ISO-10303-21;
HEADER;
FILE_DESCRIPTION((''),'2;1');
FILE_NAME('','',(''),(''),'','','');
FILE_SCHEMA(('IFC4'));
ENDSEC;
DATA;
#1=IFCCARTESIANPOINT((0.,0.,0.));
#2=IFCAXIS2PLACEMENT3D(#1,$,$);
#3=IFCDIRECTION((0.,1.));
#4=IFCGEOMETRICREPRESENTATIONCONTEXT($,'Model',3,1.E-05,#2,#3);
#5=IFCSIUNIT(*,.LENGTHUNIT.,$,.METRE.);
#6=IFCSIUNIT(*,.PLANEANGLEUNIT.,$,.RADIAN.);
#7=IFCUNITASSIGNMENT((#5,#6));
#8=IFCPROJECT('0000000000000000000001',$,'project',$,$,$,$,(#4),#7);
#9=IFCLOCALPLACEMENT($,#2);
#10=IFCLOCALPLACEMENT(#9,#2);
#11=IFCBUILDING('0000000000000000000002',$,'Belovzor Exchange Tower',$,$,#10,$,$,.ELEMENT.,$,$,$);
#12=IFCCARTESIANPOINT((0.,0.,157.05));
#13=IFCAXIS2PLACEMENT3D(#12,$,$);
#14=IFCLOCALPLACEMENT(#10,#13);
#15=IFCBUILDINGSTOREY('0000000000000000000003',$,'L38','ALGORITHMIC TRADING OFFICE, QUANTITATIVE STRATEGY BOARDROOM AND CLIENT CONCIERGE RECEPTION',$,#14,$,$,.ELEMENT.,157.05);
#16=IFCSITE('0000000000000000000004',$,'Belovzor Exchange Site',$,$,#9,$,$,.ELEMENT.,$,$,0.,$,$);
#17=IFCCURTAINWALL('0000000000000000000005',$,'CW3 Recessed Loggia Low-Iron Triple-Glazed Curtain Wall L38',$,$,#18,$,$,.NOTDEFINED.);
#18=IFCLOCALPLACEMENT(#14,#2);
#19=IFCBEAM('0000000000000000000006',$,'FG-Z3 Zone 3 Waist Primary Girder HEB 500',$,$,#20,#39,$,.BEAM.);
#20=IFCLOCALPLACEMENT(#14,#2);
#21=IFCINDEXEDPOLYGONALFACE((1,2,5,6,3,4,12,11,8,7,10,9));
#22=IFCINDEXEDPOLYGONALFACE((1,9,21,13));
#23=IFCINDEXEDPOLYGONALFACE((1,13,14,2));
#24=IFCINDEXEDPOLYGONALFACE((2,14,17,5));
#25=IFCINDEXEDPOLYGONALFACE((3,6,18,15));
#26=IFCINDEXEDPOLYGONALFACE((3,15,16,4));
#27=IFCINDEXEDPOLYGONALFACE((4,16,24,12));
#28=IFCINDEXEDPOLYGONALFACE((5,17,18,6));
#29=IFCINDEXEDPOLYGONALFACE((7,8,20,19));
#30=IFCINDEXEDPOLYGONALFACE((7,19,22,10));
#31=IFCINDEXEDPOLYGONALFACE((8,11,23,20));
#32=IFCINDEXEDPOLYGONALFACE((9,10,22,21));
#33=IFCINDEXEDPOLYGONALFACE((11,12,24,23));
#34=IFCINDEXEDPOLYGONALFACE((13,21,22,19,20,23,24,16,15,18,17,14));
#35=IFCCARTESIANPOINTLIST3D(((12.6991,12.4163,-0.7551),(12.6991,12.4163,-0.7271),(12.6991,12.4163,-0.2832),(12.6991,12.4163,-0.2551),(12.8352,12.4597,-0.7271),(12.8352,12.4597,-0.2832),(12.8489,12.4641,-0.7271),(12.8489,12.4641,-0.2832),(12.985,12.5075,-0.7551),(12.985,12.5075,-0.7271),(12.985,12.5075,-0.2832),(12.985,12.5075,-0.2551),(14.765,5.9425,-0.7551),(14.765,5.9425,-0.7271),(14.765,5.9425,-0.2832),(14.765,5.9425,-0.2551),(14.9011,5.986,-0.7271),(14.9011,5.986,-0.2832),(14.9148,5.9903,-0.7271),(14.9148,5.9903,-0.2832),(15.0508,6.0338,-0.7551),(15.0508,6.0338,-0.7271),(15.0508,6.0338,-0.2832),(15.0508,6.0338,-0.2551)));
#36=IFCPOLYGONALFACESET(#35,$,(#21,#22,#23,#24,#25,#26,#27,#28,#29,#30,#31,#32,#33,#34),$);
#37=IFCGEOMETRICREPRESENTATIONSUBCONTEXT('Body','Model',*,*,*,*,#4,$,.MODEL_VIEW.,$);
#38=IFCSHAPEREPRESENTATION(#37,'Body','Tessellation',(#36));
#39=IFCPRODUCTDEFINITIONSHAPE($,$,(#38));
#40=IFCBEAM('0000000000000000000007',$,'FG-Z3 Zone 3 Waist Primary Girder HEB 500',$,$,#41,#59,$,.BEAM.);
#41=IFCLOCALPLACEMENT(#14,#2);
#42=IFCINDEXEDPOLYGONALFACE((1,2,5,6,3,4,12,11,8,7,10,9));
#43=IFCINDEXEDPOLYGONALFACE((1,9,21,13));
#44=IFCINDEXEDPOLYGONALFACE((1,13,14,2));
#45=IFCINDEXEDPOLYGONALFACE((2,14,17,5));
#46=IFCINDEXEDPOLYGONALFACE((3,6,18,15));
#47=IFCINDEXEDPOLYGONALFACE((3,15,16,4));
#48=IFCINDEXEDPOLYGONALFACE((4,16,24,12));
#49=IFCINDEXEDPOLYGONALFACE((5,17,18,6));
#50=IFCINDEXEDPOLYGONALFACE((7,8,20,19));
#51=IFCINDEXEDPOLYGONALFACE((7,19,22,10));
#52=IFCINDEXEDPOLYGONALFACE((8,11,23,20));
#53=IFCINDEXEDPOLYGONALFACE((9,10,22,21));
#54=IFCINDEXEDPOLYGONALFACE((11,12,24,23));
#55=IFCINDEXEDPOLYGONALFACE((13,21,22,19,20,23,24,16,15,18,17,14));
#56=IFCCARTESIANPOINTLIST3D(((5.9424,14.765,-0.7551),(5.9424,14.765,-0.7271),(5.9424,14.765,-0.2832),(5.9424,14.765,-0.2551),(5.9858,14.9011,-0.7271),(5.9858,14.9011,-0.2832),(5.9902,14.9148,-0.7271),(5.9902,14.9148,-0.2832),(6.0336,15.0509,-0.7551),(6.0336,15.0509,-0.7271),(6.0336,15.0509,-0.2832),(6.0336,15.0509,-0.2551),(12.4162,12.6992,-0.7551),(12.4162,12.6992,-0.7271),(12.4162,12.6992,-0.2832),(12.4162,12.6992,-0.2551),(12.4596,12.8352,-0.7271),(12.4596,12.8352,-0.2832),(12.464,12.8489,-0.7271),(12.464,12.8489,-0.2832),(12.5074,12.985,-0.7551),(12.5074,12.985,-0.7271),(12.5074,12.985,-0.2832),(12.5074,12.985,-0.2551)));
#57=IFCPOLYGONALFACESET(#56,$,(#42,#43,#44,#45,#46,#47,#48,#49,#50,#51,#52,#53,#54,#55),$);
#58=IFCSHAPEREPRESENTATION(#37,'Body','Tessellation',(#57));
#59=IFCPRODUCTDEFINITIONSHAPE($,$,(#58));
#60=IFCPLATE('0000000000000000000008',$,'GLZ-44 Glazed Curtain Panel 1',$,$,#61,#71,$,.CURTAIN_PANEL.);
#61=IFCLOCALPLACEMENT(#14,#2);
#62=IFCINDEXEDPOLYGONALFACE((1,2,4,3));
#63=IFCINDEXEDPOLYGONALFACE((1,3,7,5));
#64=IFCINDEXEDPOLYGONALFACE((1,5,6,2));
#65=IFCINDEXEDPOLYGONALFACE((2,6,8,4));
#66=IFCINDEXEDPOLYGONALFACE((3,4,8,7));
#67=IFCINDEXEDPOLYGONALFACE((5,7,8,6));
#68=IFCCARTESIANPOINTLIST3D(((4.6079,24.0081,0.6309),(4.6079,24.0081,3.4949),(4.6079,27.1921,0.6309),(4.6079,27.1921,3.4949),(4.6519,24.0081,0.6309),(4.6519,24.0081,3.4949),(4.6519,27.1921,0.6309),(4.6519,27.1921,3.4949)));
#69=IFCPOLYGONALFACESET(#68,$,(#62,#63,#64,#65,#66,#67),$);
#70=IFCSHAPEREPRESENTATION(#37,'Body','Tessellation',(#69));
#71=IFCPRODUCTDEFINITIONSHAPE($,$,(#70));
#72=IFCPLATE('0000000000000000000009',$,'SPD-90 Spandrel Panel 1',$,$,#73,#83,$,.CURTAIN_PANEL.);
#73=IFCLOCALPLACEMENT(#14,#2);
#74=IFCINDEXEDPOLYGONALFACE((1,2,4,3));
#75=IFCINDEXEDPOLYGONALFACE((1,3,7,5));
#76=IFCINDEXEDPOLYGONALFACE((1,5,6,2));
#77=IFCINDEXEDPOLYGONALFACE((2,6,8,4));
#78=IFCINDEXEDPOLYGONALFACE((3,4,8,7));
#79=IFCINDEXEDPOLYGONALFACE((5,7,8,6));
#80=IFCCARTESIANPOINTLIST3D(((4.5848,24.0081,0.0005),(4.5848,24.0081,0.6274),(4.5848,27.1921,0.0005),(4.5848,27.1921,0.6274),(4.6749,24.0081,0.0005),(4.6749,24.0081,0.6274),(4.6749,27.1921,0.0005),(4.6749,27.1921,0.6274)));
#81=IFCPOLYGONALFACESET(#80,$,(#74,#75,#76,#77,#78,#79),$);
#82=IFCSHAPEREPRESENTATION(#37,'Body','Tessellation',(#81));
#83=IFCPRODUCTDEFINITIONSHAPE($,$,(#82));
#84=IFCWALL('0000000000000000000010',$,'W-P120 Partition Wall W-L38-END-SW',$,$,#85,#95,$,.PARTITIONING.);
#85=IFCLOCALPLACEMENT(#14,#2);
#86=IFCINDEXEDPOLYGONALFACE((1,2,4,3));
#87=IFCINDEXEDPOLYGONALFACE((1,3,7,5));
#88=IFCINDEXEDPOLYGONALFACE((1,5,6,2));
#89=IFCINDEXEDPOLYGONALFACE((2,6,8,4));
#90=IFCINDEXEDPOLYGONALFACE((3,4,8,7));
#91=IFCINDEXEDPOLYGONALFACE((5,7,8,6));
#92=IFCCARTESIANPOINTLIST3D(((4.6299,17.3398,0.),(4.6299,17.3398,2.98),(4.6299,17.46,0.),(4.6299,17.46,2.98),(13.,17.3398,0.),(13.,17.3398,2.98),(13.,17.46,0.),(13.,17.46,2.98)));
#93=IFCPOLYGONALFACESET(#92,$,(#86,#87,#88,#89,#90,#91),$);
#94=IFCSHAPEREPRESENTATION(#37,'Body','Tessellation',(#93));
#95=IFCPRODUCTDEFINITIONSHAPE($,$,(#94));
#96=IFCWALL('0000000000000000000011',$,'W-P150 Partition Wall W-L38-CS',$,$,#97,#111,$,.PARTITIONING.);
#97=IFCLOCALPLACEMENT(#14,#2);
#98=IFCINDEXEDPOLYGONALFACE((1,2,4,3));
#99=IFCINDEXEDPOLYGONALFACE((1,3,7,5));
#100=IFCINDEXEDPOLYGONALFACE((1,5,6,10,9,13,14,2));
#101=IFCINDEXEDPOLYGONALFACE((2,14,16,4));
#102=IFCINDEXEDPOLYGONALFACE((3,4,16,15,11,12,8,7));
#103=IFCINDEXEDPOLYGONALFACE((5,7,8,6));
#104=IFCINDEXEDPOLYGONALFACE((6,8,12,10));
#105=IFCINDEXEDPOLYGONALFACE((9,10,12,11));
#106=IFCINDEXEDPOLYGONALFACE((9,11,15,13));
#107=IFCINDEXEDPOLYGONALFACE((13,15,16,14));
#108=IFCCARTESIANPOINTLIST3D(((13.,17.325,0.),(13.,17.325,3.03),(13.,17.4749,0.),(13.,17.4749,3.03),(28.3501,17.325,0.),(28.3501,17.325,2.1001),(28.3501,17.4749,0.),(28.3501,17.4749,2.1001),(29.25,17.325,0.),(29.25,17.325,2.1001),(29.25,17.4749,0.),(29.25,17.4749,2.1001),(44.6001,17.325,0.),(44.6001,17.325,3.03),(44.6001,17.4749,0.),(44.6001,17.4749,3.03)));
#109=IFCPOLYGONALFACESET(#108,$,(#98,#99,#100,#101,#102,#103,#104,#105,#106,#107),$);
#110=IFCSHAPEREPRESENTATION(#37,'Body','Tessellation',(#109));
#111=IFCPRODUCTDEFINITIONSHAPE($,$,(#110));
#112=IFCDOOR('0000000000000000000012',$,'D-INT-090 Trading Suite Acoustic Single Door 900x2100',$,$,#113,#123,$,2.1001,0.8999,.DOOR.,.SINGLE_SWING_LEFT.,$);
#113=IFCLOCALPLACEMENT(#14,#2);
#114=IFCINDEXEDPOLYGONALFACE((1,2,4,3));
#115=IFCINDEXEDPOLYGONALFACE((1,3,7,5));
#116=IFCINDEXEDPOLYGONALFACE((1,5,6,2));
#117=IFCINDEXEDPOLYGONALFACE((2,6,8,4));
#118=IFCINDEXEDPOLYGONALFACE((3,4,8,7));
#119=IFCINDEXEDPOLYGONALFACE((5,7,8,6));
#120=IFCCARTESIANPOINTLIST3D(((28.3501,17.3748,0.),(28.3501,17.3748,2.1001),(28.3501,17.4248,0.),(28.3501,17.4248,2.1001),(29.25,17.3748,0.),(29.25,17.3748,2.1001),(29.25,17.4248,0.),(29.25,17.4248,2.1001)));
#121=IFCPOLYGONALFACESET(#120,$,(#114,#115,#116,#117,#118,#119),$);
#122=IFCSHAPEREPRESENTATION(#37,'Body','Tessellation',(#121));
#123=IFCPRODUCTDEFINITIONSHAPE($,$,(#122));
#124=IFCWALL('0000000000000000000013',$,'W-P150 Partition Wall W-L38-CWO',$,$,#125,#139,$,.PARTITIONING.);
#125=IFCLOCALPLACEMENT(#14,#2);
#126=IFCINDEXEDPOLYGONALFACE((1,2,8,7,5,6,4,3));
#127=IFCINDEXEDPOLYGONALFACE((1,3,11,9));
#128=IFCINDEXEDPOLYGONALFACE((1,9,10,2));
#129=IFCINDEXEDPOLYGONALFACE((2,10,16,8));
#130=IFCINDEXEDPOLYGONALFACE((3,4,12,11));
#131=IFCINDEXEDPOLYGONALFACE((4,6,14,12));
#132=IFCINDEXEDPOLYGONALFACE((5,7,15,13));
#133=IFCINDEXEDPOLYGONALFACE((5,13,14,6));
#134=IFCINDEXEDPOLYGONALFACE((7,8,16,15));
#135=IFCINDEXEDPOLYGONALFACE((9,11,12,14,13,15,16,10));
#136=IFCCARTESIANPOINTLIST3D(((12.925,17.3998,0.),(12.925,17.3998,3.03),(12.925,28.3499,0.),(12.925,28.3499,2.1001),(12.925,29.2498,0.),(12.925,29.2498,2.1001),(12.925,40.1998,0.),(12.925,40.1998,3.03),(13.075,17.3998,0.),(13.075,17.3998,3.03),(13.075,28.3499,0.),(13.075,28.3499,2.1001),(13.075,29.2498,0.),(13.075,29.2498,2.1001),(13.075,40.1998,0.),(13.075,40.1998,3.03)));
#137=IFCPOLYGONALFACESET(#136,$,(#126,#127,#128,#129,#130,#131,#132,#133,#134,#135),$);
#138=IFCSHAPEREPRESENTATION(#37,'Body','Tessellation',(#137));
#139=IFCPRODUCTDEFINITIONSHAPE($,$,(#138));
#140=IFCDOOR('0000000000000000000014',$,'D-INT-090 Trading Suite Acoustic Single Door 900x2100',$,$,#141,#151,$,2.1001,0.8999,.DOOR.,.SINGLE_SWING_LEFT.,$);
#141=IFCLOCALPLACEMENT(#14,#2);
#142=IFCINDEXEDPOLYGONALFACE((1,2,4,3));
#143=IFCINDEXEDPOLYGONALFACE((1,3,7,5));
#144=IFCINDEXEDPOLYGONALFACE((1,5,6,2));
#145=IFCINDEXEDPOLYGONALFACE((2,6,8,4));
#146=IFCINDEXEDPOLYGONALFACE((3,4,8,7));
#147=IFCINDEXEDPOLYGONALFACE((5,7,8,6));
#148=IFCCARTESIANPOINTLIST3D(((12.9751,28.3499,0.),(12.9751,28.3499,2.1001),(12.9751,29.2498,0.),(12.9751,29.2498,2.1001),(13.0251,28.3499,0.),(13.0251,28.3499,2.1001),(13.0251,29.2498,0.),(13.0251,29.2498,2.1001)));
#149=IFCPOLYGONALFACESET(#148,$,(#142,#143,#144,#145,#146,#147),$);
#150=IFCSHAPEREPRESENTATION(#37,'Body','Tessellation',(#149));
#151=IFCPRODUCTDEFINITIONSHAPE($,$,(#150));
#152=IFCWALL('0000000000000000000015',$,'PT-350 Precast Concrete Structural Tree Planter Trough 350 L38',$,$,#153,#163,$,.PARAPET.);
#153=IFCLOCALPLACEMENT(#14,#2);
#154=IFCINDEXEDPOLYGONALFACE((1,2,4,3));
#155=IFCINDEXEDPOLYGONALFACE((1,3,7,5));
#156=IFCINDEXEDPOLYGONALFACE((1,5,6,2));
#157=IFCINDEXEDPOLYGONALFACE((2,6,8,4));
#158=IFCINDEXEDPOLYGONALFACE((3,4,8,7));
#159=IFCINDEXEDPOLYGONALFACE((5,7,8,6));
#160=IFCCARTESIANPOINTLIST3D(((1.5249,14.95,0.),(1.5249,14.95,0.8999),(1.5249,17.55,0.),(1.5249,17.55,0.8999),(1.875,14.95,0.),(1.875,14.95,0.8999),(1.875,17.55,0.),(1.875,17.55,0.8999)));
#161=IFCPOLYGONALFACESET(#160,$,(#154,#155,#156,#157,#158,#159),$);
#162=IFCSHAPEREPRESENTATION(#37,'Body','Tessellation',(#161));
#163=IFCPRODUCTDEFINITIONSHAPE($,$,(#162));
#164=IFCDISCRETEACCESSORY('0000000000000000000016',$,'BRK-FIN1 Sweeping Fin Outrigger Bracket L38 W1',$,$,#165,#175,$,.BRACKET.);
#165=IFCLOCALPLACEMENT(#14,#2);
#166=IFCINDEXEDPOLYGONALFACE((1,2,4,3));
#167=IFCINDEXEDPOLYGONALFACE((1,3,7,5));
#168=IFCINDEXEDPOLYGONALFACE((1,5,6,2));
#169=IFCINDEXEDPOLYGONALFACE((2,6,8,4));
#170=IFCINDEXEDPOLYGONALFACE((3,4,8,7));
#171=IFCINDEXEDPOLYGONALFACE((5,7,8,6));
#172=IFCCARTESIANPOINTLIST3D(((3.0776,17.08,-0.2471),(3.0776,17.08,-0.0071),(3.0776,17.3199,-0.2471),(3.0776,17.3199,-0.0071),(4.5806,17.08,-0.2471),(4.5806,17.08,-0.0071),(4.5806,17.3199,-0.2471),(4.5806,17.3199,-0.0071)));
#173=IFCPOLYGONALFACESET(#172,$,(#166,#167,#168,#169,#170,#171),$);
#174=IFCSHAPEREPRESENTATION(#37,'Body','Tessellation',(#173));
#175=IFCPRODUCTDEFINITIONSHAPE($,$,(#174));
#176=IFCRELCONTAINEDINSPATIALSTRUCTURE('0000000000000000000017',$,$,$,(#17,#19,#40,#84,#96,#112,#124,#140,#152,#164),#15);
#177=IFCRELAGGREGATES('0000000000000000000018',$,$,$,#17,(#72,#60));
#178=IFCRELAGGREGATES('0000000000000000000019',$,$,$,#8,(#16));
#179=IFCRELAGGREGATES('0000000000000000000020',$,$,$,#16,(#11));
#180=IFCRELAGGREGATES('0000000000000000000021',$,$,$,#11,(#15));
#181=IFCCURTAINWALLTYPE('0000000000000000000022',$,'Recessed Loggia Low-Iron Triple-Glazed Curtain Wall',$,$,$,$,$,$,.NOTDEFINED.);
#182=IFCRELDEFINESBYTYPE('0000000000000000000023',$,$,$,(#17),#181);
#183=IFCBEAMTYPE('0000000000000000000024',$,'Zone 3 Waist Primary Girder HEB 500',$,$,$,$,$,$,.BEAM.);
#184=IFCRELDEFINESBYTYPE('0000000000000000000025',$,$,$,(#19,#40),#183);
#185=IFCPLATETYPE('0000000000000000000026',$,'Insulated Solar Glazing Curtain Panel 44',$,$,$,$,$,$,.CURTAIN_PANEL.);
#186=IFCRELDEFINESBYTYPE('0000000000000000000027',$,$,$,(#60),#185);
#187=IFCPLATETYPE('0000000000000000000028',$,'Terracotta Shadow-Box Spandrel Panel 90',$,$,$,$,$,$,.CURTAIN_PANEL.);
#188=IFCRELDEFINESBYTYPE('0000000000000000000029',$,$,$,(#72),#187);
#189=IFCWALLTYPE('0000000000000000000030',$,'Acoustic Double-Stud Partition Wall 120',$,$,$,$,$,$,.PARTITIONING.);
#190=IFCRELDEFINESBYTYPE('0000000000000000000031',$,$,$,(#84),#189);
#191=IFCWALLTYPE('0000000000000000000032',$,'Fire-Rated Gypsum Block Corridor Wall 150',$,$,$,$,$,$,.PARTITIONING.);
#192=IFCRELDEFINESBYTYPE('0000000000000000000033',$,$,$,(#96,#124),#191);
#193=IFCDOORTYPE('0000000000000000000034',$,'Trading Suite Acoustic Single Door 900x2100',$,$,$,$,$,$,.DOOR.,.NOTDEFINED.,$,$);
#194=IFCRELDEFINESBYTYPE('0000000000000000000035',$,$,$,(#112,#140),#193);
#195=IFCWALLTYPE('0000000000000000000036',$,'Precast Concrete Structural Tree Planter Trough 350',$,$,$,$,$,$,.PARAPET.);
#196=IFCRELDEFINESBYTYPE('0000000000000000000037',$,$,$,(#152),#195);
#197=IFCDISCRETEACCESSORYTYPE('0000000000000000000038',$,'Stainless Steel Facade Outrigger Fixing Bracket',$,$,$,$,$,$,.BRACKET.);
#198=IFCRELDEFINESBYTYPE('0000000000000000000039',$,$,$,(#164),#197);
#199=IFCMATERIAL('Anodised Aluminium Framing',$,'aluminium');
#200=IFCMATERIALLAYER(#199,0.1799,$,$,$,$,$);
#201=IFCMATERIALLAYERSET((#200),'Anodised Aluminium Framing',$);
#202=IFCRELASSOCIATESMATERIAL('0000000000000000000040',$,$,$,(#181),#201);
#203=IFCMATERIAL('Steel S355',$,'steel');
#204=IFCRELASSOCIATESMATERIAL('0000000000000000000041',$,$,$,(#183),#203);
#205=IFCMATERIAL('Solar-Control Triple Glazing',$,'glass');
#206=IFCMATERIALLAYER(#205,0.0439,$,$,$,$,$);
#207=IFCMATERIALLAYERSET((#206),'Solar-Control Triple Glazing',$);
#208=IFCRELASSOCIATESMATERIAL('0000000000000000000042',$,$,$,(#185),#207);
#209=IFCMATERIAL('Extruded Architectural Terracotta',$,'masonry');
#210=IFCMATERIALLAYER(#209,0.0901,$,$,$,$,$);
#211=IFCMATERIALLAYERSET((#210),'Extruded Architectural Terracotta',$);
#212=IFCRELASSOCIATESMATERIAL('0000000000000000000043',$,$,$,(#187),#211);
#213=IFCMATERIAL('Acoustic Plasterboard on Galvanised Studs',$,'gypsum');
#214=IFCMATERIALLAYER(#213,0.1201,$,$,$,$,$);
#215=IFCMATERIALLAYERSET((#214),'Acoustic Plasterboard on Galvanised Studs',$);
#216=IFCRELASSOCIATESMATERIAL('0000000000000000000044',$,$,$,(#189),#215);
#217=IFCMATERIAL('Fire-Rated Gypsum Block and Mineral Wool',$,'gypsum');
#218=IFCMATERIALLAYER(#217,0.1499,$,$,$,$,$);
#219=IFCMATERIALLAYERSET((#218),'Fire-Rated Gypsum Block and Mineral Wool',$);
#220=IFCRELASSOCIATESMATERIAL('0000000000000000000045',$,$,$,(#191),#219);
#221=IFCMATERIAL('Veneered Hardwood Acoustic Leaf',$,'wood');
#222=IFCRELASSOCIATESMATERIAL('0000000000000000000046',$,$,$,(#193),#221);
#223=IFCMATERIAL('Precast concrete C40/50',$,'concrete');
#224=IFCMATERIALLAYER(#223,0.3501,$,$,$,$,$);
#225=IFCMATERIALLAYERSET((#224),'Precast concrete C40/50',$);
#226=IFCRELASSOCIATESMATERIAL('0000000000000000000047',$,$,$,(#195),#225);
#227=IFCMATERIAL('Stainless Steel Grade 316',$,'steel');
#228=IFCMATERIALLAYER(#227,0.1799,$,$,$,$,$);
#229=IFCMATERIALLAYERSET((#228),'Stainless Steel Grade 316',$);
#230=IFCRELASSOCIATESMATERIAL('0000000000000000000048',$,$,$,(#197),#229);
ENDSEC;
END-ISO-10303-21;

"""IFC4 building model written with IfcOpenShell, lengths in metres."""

from ifc_helpers import new_model, si_unit, direction, frame, frame_2d, origin, origin_2d, place, context, subcontext, project, spatial, rectangle, i_section, extrude, material, layer, layer_set, material_profile, profile_set, type_object, element, fill, aggregate, save


model = new_model("IFC4")

# Units and contexts
model_context = context("Model", 3, precision=1e-05, world=origin(), true_north=direction((0.0, 1.0)))
body_context = subcontext(model_context, "Body", "Model", "MODEL_VIEW")
ifc_project = project(units=[si_unit("LENGTHUNIT", "METRE"), si_unit("PLANEANGLEUNIT", "RADIAN")], contexts=[model_context])

# Site, building, storey
site_placement = place(None, origin())
site = spatial("IfcSite", under=ifc_project, at=site_placement, Name="Belovzor Exchange Site", CompositionType="ELEMENT", RefElevation=0.0)
building_placement = place(site_placement, origin())
building = spatial("IfcBuilding", under=site, at=building_placement, Name="Belovzor Exchange Tower", CompositionType="ELEMENT")
storey_placement = place(building_placement, frame((0.0, 0.0, 157.05)))
storey = spatial("IfcBuildingStorey", under=building, at=storey_placement, Name="L38", Description="ALGORITHMIC TRADING OFFICE, QUANTITATIVE STRATEGY BOARDROOM AND CLIENT CONCIERGE RECEPTION", CompositionType="ELEMENT", Elevation=157.05)

# Curtain wall
ifc_material_1 = material(Name="Anodised Aluminium Framing", Category="aluminium")
ifc_layer_1 = layer(ifc_material_1, 0.1799)
ifc_layer_set_1 = layer_set([ifc_layer_1], Name="Anodised Aluminium Framing")
curtain_wall_type = type_object("IfcCurtainWallType", Name="Recessed Loggia Low-Iron Triple-Glazed Curtain Wall", PredefinedType="NOTDEFINED", material=ifc_layer_set_1)
curtain_wall_placement = place(storey_placement, origin())
curtain_wall = element("IfcCurtainWall", 1, at=curtain_wall_placement, inside=storey, type_object=curtain_wall_type, Name="CW3 Recessed Loggia Low-Iron Triple-Glazed Curtain Wall L38", PredefinedType="NOTDEFINED")

# Beams
ifc_material_2 = material(Name="Steel S355", Category="steel")
ifc_material_profile_1 = material_profile(ifc_material_2, i_section(OverallWidth=0.3, OverallDepth=0.5, WebThickness=0.0144, FlangeThickness=0.0281, at=origin_2d()))
ifc_profile_set_1 = profile_set([ifc_material_profile_1], Name="Steel S355")
beam_type_1 = type_object("IfcBeamType", Name="Zone 3 Waist Primary Girder HEB 500", PredefinedType="BEAM", material=ifc_profile_set_1)
for number, where, z_axis, x_axis, name in (
    (2, (12.842, 12.4619, -0.5051), (0.304012, -0.952668, 0.0), (0.952668, 0.304012, 0.0), "FG-Z3 Zone 3 Waist Primary Girder HEB 500"),
    (3, (5.988, 14.908, -0.5051), (0.952668, -0.304012, 0.0), (0.304012, 0.952668, 0.0), "FG-Z3 Zone 3 Waist Primary Girder HEB 500"),
):
    element("IfcBeam", number, at=place(storey_placement, frame(where, z_axis=z_axis, x_axis=x_axis)), inside=storey, type_object=beam_type_1, Name=name, PredefinedType="BEAM", context=body_context, shape_type="SweptSolid", body=[
        extrude(i_section(OverallWidth=0.3, OverallDepth=0.5, WebThickness=0.0144, FlangeThickness=0.0281, at=origin_2d()), origin(), (0.0, 0.0, 1.0), 6.7954),
    ])

# Plates
ifc_material_3 = material(Name="Solar-Control Triple Glazing", Category="glass")
ifc_layer_2 = layer(ifc_material_3, 0.0439)
ifc_layer_set_2 = layer_set([ifc_layer_2], Name="Solar-Control Triple Glazing")
plate_type_1 = type_object("IfcPlateType", Name="Insulated Solar Glazing Curtain Panel 44", PredefinedType="CURTAIN_PANEL", material=ifc_layer_set_2)
plate_1_placement = place(storey_placement, frame((4.6299, 25.6001, 0.6309), z_axis=(0.0, 0.0, 1.0), x_axis=(0.0, 1.0, 0.0)))
plate_1 = element("IfcPlate", 4, at=plate_1_placement, type_object=plate_type_1, Name="GLZ-44 Glazed Curtain Panel 1", PredefinedType="CURTAIN_PANEL", context=body_context, shape_type="SweptSolid", body=[
    extrude(rectangle(XDim=3.1841, YDim=0.0439, at=origin_2d()), origin(), (0.0, 0.0, 1.0), 2.864),
])
ifc_material_4 = material(Name="Extruded Architectural Terracotta", Category="masonry")
ifc_layer_3 = layer(ifc_material_4, 0.0901)
ifc_layer_set_3 = layer_set([ifc_layer_3], Name="Extruded Architectural Terracotta")
plate_type_2 = type_object("IfcPlateType", Name="Terracotta Shadow-Box Spandrel Panel 90", PredefinedType="CURTAIN_PANEL", material=ifc_layer_set_3)
plate_2_placement = place(storey_placement, frame((4.6299, 25.6001, 0.0005), z_axis=(0.0, 0.0, 1.0), x_axis=(0.0, 1.0, 0.0)))
plate_2 = element("IfcPlate", 5, at=plate_2_placement, type_object=plate_type_2, Name="SPD-90 Spandrel Panel 1", PredefinedType="CURTAIN_PANEL", context=body_context, shape_type="SweptSolid", body=[
    extrude(rectangle(XDim=3.1841, YDim=0.0901, at=origin_2d()), origin(), (0.0, 0.0, 1.0), 0.627),
])
aggregate(curtain_wall, [plate_2, plate_1])

# Wall
ifc_material_5 = material(Name="Acoustic Plasterboard on Galvanised Studs", Category="gypsum")
ifc_layer_4 = layer(ifc_material_5, 0.1201)
ifc_layer_set_4 = layer_set([ifc_layer_4], Name="Acoustic Plasterboard on Galvanised Studs")
wall_type_1 = type_object("IfcWallType", Name="Acoustic Double-Stud Partition Wall 120", PredefinedType="PARTITIONING", material=ifc_layer_set_4)
wall_1_placement = place(storey_placement, frame((4.6299, 17.3999, 0.0), z_axis=(0.0, 0.0, 1.0), x_axis=(1.0, 0.0, 0.0)))
element("IfcWall", 6, at=wall_1_placement, inside=storey, type_object=wall_type_1, Name="W-P120 Partition Wall W-L38-END-SW", PredefinedType="PARTITIONING", context=body_context, shape_type="SweptSolid", body=[
    extrude(rectangle(XDim=8.3701, YDim=0.1201, at=frame_2d((4.1851, 0.0))), origin(), (0.0, 0.0, 1.0), 2.98),
])

# Walls, openings, doors
ifc_material_6 = material(Name="Fire-Rated Gypsum Block and Mineral Wool", Category="gypsum")
ifc_layer_5 = layer(ifc_material_6, 0.1499)
ifc_layer_set_5 = layer_set([ifc_layer_5], Name="Fire-Rated Gypsum Block and Mineral Wool")
wall_type_2 = type_object("IfcWallType", Name="Fire-Rated Gypsum Block Corridor Wall 150", PredefinedType="PARTITIONING", material=ifc_layer_set_5)
wall_2_placement = place(storey_placement, frame((13.0, 17.3999, 0.0), z_axis=(0.0, 0.0, 1.0), x_axis=(1.0, 0.0, 0.0)))
wall_2 = element("IfcWall", 7, at=wall_2_placement, inside=storey, type_object=wall_type_2, Name="W-P150 Partition Wall W-L38-CS", PredefinedType="PARTITIONING", context=body_context, shape_type="SweptSolid", body=[
    extrude(rectangle(XDim=31.6001, YDim=0.1499, at=frame_2d((15.8, 0.0))), origin(), (0.0, 0.0, 1.0), 3.03),
])
opening_1_placement = place(wall_2_placement, frame((15.3501, 0.0, 0.0)))
opening_1 = element("IfcOpeningElement", 8, at=opening_1_placement, cuts=wall_2, PredefinedType="OPENING", context=body_context, shape_type="SweptSolid", body=[
    extrude(rectangle(XDim=0.8999, YDim=2.1001, at=frame_2d((0.45, 1.05))), frame((0.0, 0.085, 0.0), z_axis=(0.0, -1.0, 0.0), x_axis=(1.0, 0.0, 0.0)), (0.0, 0.0, 1.0), 0.1699),
])
ifc_material_7 = material(Name="Veneered Hardwood Acoustic Leaf", Category="wood")
door_type = type_object("IfcDoorType", Name="Trading Suite Acoustic Single Door 900x2100", OperationType="NOTDEFINED", PredefinedType="DOOR", material=ifc_material_7)
door_1_placement = place(opening_1_placement, origin())
door_1 = element("IfcDoor", 9, at=door_1_placement, inside=storey, type_object=door_type, Name="D-INT-090 Trading Suite Acoustic Single Door 900x2100", OperationType="SINGLE_SWING_LEFT", OverallHeight=2.1001, OverallWidth=0.8999, PredefinedType="DOOR", context=body_context, shape_type="SweptSolid", body=[
    extrude(rectangle(XDim=0.8999, YDim=2.1001, at=frame_2d((0.45, 1.05))), frame((0.0, 0.0249, 0.0), z_axis=(0.0, -1.0, 0.0), x_axis=(1.0, 0.0, 0.0)), (0.0, 0.0, 1.0), 0.05),
])
fill(opening_1, door_1)
wall_3_placement = place(storey_placement, frame((13.0, 17.3999, 0.0), z_axis=(0.0, 0.0, 1.0), x_axis=(0.0, 1.0, 0.0)))
wall_3 = element("IfcWall", 10, at=wall_3_placement, inside=storey, type_object=wall_type_2, Name="W-P150 Partition Wall W-L38-CWO", PredefinedType="PARTITIONING", context=body_context, shape_type="SweptSolid", body=[
    extrude(rectangle(XDim=22.8, YDim=0.1499, at=frame_2d((11.3999, 0.0))), origin(), (0.0, 0.0, 1.0), 3.03),
])
opening_2_placement = place(wall_3_placement, frame((10.95, 0.0, 0.0)))
opening_2 = element("IfcOpeningElement", 11, at=opening_2_placement, cuts=wall_3, PredefinedType="OPENING", context=body_context, shape_type="SweptSolid", body=[
    extrude(rectangle(XDim=0.8999, YDim=2.1001, at=frame_2d((0.45, 1.05))), frame((0.0, 0.085, 0.0), z_axis=(0.0, -1.0, 0.0), x_axis=(1.0, 0.0, 0.0)), (0.0, 0.0, 1.0), 0.1699),
])
door_2_placement = place(opening_2_placement, origin())
door_2 = element("IfcDoor", 12, at=door_2_placement, inside=storey, type_object=door_type, Name="D-INT-090 Trading Suite Acoustic Single Door 900x2100", OperationType="SINGLE_SWING_LEFT", OverallHeight=2.1001, OverallWidth=0.8999, PredefinedType="DOOR", context=body_context, shape_type="SweptSolid", body=[
    extrude(rectangle(XDim=0.8999, YDim=2.1001, at=frame_2d((0.45, 1.05))), frame((0.0, 0.0249, 0.0), z_axis=(0.0, -1.0, 0.0), x_axis=(1.0, 0.0, 0.0)), (0.0, 0.0, 1.0), 0.05),
])
fill(opening_2, door_2)

# Wall
ifc_material_8 = material(Name="Precast concrete C40/50", Category="concrete")
ifc_layer_6 = layer(ifc_material_8, 0.3501)
ifc_layer_set_6 = layer_set([ifc_layer_6], Name="Precast concrete C40/50")
wall_type_3 = type_object("IfcWallType", Name="Precast Concrete Structural Tree Planter Trough 350", PredefinedType="PARAPET", material=ifc_layer_set_6)
wall_4_placement = place(storey_placement, frame((1.7, 14.95, 0.0), z_axis=(0.0, 0.0, 1.0), x_axis=(0.0, 1.0, 0.0)))
element("IfcWall", 13, at=wall_4_placement, inside=storey, type_object=wall_type_3, Name="PT-350 Precast Concrete Structural Tree Planter Trough 350 L38", PredefinedType="PARAPET", context=body_context, shape_type="SweptSolid", body=[
    extrude(rectangle(XDim=2.6001, YDim=0.3501, at=frame_2d((1.3, 0.0))), origin(), (0.0, 0.0, 1.0), 0.8999),
])

# Discrete accessory
ifc_material_9 = material(Name="Stainless Steel Grade 316", Category="steel")
ifc_layer_7 = layer(ifc_material_9, 0.1799)
ifc_layer_set_7 = layer_set([ifc_layer_7], Name="Stainless Steel Grade 316")
discrete_accessory_type = type_object("IfcDiscreteAccessoryType", Name="Stainless Steel Facade Outrigger Fixing Bracket", PredefinedType="BRACKET", material=ifc_layer_set_7)
for number, where, z_axis, x_axis, name in (
    (14, (3.8291, 17.2, -0.2471), (0.0, 0.0, 1.0), (1.0, 0.0, 0.0), "BRK-FIN1 Sweeping Fin Outrigger Bracket L38 W1"),
):
    element("IfcDiscreteAccessory", number, at=place(storey_placement, frame(where, z_axis=z_axis, x_axis=x_axis)), inside=storey, type_object=discrete_accessory_type, Name=name, PredefinedType="BRACKET", context=body_context, shape_type="SweptSolid", body=[
        extrude(rectangle(XDim=1.5029, YDim=0.24, at=origin_2d()), origin(), (0.0, 0.0, 1.0), 0.24),
    ])

save(model, "model.ifc")
